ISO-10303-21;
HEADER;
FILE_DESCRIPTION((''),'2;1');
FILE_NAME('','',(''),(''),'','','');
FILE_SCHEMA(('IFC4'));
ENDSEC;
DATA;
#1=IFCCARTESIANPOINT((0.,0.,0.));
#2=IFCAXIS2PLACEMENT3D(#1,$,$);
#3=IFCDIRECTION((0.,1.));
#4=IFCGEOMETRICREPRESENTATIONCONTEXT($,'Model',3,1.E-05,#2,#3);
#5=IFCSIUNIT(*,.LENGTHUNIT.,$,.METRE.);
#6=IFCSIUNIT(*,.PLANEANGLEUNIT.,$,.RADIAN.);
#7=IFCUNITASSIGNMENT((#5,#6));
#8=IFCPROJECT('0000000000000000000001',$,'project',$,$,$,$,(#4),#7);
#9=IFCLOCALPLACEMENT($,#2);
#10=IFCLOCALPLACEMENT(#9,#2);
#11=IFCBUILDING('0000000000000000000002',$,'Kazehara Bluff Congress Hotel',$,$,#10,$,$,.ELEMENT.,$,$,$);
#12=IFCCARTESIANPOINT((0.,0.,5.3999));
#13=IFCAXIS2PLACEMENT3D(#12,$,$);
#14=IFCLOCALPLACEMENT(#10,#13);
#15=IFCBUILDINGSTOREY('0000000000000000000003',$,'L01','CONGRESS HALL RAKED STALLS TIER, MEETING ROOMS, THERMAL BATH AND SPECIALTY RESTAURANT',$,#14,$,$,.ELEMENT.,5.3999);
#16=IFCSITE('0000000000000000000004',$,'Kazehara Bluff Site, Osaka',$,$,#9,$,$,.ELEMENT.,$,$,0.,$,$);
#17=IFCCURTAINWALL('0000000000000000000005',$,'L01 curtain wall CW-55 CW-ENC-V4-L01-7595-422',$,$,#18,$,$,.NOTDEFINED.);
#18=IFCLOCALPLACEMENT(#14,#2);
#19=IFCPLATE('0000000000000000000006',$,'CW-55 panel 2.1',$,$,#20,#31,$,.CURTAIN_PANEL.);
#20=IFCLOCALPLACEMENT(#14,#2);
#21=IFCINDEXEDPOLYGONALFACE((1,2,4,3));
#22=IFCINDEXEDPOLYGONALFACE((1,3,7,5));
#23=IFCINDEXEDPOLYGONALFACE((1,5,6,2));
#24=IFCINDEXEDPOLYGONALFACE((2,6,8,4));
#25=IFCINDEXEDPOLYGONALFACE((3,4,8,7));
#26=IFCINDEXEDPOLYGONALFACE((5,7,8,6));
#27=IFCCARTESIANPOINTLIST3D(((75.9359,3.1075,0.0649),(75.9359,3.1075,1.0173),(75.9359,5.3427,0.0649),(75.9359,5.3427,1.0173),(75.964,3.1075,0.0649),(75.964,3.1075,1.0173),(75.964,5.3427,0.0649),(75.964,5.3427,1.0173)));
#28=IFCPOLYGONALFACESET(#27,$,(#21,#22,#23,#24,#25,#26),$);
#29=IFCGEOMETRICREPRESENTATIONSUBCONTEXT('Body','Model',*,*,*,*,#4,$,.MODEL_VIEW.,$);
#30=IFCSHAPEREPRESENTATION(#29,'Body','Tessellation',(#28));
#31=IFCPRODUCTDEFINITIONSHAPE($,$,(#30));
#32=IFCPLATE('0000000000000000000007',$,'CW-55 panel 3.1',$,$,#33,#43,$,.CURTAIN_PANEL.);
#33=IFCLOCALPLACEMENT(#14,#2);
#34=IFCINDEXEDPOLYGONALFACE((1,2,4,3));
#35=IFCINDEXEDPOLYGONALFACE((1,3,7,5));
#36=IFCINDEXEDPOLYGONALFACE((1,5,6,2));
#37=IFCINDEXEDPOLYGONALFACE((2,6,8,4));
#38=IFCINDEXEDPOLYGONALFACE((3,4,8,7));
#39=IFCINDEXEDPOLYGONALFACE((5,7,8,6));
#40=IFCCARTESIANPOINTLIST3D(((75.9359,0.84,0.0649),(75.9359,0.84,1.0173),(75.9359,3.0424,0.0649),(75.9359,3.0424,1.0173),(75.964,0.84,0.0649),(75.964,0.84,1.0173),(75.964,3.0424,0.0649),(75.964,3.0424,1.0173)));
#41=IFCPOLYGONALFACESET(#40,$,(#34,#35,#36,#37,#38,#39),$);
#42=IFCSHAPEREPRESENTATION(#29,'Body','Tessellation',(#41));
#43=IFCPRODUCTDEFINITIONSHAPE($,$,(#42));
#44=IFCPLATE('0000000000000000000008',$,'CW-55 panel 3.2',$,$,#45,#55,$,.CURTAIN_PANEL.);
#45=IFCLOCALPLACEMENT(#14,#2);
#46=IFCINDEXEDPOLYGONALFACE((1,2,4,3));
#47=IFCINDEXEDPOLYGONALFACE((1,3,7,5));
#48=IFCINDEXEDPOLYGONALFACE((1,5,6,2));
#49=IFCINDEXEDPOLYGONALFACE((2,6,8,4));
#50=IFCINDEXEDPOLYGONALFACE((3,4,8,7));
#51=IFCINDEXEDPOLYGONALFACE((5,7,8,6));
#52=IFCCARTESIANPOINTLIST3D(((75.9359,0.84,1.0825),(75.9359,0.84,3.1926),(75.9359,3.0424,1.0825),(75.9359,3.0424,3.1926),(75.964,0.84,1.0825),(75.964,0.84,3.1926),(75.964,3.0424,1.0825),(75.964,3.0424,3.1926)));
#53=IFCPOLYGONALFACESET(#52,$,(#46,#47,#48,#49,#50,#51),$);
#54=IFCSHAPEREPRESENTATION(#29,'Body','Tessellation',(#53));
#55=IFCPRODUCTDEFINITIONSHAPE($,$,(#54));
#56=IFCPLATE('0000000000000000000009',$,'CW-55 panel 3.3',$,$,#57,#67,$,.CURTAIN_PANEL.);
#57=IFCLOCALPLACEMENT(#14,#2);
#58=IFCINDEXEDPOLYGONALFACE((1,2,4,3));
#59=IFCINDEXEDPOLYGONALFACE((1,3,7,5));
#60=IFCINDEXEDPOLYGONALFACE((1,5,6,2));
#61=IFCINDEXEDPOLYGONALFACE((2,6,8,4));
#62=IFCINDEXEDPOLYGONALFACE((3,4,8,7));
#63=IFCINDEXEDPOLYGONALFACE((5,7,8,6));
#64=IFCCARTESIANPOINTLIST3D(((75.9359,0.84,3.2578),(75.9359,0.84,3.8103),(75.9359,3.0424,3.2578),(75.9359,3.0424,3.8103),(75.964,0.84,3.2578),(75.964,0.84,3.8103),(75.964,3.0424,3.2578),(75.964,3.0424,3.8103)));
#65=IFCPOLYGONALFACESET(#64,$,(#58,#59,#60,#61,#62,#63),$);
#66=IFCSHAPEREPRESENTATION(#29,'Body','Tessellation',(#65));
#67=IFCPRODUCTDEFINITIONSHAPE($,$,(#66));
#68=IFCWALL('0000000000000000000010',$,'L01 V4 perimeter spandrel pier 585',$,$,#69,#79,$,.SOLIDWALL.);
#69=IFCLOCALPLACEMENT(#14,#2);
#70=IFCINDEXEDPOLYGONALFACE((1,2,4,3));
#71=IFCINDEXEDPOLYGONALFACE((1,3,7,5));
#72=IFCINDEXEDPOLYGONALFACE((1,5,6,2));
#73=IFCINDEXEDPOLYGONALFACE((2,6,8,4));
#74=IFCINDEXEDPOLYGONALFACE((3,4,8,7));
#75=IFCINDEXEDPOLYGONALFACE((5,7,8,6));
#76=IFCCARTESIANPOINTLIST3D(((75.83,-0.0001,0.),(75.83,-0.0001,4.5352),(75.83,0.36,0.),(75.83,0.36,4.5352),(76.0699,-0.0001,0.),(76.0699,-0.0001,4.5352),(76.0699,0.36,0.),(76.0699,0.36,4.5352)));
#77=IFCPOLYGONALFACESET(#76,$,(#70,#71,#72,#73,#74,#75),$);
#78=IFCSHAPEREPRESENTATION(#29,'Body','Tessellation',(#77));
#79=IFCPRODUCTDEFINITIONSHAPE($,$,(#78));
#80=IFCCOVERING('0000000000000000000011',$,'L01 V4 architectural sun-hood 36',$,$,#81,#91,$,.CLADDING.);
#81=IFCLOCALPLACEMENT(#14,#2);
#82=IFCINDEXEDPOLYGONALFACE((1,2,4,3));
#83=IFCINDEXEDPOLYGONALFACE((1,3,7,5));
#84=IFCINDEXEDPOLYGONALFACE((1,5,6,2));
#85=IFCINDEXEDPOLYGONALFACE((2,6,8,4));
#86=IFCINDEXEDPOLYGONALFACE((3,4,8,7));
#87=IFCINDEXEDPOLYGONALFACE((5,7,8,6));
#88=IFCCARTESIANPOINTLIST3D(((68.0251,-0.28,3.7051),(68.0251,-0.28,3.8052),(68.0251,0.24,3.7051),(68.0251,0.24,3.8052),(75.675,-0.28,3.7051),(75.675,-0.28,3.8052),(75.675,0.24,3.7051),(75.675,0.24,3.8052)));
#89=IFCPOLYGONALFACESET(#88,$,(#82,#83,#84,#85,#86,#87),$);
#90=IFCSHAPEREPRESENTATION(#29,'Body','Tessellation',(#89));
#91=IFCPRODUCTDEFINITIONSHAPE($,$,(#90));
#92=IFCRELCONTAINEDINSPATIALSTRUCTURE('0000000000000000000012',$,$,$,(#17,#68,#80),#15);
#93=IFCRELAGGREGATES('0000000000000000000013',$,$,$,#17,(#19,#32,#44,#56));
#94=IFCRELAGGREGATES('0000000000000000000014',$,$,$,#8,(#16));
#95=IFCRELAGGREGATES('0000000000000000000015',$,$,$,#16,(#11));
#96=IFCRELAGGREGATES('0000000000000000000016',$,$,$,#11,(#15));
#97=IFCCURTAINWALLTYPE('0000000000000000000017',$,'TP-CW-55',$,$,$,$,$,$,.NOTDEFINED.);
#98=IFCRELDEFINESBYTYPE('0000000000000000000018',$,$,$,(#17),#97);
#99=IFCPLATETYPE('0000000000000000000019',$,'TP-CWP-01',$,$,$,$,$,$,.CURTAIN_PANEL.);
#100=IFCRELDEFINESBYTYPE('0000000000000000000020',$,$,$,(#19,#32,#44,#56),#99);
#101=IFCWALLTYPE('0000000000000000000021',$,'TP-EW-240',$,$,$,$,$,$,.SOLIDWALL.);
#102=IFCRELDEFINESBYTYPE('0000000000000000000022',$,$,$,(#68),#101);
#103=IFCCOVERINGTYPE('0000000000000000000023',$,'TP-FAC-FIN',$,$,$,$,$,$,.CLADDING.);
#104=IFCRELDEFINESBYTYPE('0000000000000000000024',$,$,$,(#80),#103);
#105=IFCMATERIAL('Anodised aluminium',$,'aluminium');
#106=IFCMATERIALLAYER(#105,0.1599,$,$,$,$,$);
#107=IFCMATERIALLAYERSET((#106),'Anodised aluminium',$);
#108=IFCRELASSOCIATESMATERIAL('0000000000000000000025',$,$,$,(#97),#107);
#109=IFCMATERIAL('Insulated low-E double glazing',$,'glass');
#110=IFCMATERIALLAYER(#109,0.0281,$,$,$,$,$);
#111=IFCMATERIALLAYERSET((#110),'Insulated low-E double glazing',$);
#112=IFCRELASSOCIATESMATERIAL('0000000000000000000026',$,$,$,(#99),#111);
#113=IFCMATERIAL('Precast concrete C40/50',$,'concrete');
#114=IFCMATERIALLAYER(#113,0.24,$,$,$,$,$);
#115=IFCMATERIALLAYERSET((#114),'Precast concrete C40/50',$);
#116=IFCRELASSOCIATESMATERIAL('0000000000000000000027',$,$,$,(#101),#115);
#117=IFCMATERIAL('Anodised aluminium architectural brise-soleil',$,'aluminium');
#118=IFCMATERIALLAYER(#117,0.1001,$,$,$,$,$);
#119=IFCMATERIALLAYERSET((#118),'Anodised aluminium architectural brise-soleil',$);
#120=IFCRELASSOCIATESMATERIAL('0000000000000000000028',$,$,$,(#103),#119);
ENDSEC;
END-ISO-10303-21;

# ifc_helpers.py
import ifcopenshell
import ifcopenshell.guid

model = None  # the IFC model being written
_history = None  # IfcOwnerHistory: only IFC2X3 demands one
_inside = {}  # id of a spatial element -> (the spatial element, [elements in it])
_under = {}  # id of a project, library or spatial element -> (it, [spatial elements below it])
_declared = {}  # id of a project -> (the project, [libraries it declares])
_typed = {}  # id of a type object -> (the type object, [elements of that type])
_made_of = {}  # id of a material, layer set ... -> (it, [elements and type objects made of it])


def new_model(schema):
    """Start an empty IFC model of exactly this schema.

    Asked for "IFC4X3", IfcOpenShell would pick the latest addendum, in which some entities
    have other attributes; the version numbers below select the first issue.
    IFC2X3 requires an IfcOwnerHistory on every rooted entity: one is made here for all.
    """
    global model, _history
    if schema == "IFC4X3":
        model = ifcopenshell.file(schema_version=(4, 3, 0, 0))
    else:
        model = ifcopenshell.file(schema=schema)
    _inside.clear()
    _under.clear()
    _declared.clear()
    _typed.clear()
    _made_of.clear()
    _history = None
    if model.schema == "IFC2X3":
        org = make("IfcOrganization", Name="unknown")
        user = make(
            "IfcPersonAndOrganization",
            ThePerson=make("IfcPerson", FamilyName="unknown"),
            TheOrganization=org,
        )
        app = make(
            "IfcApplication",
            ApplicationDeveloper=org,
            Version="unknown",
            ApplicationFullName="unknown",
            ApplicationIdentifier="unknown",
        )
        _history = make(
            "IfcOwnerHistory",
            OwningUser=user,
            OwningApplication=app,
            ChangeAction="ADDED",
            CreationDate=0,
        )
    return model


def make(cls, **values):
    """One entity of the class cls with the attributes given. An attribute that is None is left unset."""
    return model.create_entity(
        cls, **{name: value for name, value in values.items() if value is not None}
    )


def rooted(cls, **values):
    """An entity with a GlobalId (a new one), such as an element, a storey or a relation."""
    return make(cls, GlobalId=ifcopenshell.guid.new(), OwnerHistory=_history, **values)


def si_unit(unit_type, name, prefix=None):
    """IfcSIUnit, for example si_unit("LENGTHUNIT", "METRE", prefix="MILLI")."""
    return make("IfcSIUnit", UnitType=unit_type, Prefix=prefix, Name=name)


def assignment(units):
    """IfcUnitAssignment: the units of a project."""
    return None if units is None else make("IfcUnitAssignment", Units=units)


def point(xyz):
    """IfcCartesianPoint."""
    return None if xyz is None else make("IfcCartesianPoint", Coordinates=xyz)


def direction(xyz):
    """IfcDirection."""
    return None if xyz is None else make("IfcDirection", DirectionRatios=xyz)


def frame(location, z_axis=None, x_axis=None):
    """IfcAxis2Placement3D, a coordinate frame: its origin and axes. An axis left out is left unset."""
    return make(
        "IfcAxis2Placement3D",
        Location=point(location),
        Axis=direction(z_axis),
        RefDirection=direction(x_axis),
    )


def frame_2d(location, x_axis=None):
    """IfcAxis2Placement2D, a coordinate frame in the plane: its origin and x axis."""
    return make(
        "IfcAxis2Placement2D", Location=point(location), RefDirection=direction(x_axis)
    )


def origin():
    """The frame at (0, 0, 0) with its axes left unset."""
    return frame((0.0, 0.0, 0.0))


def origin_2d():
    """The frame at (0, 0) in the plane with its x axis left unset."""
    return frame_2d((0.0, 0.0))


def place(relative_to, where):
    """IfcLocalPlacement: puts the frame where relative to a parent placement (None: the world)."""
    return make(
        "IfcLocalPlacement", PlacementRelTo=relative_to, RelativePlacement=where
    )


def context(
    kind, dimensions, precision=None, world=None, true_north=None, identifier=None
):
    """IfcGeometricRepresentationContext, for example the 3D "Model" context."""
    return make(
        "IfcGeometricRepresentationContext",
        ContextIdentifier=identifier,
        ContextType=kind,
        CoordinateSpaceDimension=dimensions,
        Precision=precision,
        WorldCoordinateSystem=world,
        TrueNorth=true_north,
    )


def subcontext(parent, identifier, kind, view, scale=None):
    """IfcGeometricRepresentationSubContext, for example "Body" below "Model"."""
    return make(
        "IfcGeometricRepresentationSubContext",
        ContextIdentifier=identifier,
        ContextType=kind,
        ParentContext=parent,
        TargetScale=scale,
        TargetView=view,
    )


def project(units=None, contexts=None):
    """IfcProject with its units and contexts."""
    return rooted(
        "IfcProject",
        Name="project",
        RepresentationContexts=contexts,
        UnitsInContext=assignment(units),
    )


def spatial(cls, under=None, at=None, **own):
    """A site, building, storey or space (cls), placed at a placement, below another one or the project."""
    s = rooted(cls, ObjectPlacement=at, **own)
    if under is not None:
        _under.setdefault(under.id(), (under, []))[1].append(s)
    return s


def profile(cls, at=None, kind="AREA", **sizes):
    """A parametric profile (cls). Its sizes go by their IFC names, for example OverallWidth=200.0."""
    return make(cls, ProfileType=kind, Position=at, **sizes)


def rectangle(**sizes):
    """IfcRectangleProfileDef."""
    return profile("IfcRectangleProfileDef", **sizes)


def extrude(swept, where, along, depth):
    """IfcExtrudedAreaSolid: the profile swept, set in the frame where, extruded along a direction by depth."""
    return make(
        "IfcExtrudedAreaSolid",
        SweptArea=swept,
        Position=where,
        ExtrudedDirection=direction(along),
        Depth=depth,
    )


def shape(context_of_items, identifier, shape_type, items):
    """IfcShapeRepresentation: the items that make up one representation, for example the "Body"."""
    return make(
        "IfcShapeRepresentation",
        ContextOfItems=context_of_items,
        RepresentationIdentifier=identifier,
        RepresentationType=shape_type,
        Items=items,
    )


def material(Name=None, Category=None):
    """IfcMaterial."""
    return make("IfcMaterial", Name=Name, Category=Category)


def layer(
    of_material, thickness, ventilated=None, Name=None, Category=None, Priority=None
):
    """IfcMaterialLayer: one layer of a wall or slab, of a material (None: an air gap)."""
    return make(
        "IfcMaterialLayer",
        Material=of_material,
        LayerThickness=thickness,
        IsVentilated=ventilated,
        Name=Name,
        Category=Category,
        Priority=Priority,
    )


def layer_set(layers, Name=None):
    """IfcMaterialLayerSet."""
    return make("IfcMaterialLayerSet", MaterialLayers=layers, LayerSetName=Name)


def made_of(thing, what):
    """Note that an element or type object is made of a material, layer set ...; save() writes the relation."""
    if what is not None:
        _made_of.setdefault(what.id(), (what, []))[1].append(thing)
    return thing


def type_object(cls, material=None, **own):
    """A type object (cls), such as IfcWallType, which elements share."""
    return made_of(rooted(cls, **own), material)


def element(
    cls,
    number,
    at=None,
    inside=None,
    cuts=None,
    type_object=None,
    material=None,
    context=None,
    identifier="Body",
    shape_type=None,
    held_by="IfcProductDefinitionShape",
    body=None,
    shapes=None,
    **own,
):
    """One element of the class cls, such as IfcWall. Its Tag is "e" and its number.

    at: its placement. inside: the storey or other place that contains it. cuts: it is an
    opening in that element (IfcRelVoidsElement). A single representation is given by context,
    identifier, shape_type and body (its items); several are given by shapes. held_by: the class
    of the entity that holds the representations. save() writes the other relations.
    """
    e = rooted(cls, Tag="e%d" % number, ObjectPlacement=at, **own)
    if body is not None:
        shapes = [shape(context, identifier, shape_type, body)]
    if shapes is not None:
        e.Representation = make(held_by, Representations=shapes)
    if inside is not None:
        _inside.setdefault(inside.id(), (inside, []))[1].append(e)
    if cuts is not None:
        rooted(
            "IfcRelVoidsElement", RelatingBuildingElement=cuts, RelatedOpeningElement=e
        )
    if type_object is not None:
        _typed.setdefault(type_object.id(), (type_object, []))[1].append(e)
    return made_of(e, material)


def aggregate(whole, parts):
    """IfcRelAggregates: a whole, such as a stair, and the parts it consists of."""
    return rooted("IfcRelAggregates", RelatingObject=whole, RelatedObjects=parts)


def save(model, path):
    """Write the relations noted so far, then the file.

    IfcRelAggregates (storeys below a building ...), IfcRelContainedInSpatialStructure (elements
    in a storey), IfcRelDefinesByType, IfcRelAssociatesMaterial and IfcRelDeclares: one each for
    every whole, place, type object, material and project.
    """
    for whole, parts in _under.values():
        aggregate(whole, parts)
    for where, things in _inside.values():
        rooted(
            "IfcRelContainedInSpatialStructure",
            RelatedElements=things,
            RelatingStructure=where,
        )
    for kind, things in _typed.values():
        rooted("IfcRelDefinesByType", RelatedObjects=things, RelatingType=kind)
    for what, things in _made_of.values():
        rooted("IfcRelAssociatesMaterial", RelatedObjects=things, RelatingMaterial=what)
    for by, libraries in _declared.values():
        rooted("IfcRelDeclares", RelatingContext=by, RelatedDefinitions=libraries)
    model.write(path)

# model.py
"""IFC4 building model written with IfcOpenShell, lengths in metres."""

from ifc_helpers import new_model, si_unit, direction, frame, frame_2d, origin, origin_2d, place, context, subcontext, project, spatial, rectangle, extrude, material, layer, layer_set, type_object, element, aggregate, save


model = new_model("IFC4")

# Units and contexts
model_context = context("Model", 3, precision=1e-05, world=origin(), true_north=direction((0.0, 1.0)))
body_context = subcontext(model_context, "Body", "Model", "MODEL_VIEW")
ifc_project = project(units=[si_unit("LENGTHUNIT", "METRE"), si_unit("PLANEANGLEUNIT", "RADIAN")], contexts=[model_context])

# Site, building, storey
site_placement = place(None, origin())
site = spatial("IfcSite", under=ifc_project, at=site_placement, Name="Kazehara Bluff Site, Osaka", CompositionType="ELEMENT", RefElevation=0.0)
building_placement = place(site_placement, origin())
building = spatial("IfcBuilding", under=site, at=building_placement, Name="Kazehara Bluff Congress Hotel", CompositionType="ELEMENT")
storey_placement = place(building_placement, frame((0.0, 0.0, 5.3999)))
storey = spatial("IfcBuildingStorey", under=building, at=storey_placement, Name="L01", Description="CONGRESS HALL RAKED STALLS TIER, MEETING ROOMS, THERMAL BATH AND SPECIALTY RESTAURANT", CompositionType="ELEMENT", Elevation=5.3999)

# Curtain wall
ifc_material_1 = material(Name="Anodised aluminium", Category="aluminium")
ifc_layer_1 = layer(ifc_material_1, 0.1599)
ifc_layer_set_1 = layer_set([ifc_layer_1], Name="Anodised aluminium")
curtain_wall_type_1 = type_object("IfcCurtainWallType", Name="TP-CW-55", PredefinedType="NOTDEFINED", material=ifc_layer_set_1)
curtain_wall_1_placement = place(storey_placement, origin())
curtain_wall_1 = element("IfcCurtainWall", 1, at=curtain_wall_1_placement, inside=storey, type_object=curtain_wall_type_1, Name="L01 curtain wall CW-55 CW-ENC-V4-L01-7595-422", PredefinedType="NOTDEFINED")

# Plates
ifc_material_2 = material(Name="Insulated low-E double glazing", Category="glass")
ifc_layer_2 = layer(ifc_material_2, 0.0281)
ifc_layer_set_2 = layer_set([ifc_layer_2], Name="Insulated low-E double glazing")
plate_type = type_object("IfcPlateType", Name="TP-CWP-01", PredefinedType="CURTAIN_PANEL", material=ifc_layer_set_2)
plate_1_placement = place(storey_placement, frame((75.95, 4.2251, 0.0649), z_axis=(0.0, 0.0, 1.0), x_axis=(0.0, -1.0, 0.0)))
plate_1 = element("IfcPlate", 2, at=plate_1_placement, type_object=plate_type, Name="CW-55 panel 2.1", PredefinedType="CURTAIN_PANEL", context=body_context, shape_type="SweptSolid", body=[
    extrude(rectangle(XDim=2.2351, YDim=0.0281, at=origin_2d()), origin(), (0.0, 0.0, 1.0), 0.9524),
])
plate_2_placement = place(storey_placement, frame((75.95, 1.9412, 0.0649), z_axis=(0.0, 0.0, 1.0), x_axis=(0.0, -1.0, 0.0)))
plate_2 = element("IfcPlate", 3, at=plate_2_placement, type_object=plate_type, Name="CW-55 panel 3.1", PredefinedType="CURTAIN_PANEL", context=body_context, shape_type="SweptSolid", body=[
    extrude(rectangle(XDim=2.2024, YDim=0.0281, at=origin_2d()), origin(), (0.0, 0.0, 1.0), 0.9524),
])
plate_3_placement = place(storey_placement, frame((75.95, 1.9412, 1.0825), z_axis=(0.0, 0.0, 1.0), x_axis=(0.0, -1.0, 0.0)))
plate_3 = element("IfcPlate", 4, at=plate_3_placement, type_object=plate_type, Name="CW-55 panel 3.2", PredefinedType="CURTAIN_PANEL", context=body_context, shape_type="SweptSolid", body=[
    extrude(rectangle(XDim=2.2024, YDim=0.0281, at=origin_2d()), origin(), (0.0, 0.0, 1.0), 2.1101),
])
plate_4_placement = place(storey_placement, frame((75.95, 1.9412, 3.2578), z_axis=(0.0, 0.0, 1.0), x_axis=(0.0, -1.0, 0.0)))
plate_4 = element("IfcPlate", 5, at=plate_4_placement, type_object=plate_type, Name="CW-55 panel 3.3", PredefinedType="CURTAIN_PANEL", context=body_context, shape_type="SweptSolid", body=[
    extrude(rectangle(XDim=2.2024, YDim=0.0281, at=origin_2d()), origin(), (0.0, 0.0, 1.0), 0.5525),
])
aggregate(curtain_wall_1, [plate_1, plate_2, plate_3, plate_4])

# Wall
ifc_material_3 = material(Name="Precast concrete C40/50", Category="concrete")
ifc_layer_3 = layer(ifc_material_3, 0.24)
ifc_layer_set_3 = layer_set([ifc_layer_3], Name="Precast concrete C40/50")
wall_type = type_object("IfcWallType", Name="TP-EW-240", PredefinedType="SOLIDWALL", material=ifc_layer_set_3)
wall_placement = place(storey_placement, frame((75.95, 0.3601, 0.0), z_axis=(0.0, 0.0, 1.0), x_axis=(0.0, -1.0, 0.0)))
element("IfcWall", 6, at=wall_placement, inside=storey, type_object=wall_type, Name="L01 V4 perimeter spandrel pier 585", PredefinedType="SOLIDWALL", context=body_context, shape_type="SweptSolid", body=[
    extrude(rectangle(XDim=0.3601, YDim=0.24, at=frame_2d((0.1802, 0.0))), origin(), (0.0, 0.0, 1.0), 4.5352),
])

# Covering
ifc_material_4 = material(Name="Anodised aluminium architectural brise-soleil", Category="aluminium")
ifc_layer_4 = layer(ifc_material_4, 0.1001)
ifc_layer_set_4 = layer_set([ifc_layer_4], Name="Anodised aluminium architectural brise-soleil")
covering_type = type_object("IfcCoveringType", Name="TP-FAC-FIN", PredefinedType="CLADDING", material=ifc_layer_set_4)
covering_placement = place(storey_placement, frame((71.8501, -0.02, 3.7051), z_axis=(0.0, 0.0, 1.0), x_axis=(1.0, 0.0, 0.0)))
element("IfcCovering", 7, at=covering_placement, inside=storey, type_object=covering_type, Name="L01 V4 architectural sun-hood 36", PredefinedType="CLADDING", context=body_context, shape_type="SweptSolid", body=[
    extrude(rectangle(XDim=7.6499, YDim=0.52, at=origin_2d()), origin(), (0.0, 0.0, 1.0), 0.1001),
])

save(model, "model.ifc")
